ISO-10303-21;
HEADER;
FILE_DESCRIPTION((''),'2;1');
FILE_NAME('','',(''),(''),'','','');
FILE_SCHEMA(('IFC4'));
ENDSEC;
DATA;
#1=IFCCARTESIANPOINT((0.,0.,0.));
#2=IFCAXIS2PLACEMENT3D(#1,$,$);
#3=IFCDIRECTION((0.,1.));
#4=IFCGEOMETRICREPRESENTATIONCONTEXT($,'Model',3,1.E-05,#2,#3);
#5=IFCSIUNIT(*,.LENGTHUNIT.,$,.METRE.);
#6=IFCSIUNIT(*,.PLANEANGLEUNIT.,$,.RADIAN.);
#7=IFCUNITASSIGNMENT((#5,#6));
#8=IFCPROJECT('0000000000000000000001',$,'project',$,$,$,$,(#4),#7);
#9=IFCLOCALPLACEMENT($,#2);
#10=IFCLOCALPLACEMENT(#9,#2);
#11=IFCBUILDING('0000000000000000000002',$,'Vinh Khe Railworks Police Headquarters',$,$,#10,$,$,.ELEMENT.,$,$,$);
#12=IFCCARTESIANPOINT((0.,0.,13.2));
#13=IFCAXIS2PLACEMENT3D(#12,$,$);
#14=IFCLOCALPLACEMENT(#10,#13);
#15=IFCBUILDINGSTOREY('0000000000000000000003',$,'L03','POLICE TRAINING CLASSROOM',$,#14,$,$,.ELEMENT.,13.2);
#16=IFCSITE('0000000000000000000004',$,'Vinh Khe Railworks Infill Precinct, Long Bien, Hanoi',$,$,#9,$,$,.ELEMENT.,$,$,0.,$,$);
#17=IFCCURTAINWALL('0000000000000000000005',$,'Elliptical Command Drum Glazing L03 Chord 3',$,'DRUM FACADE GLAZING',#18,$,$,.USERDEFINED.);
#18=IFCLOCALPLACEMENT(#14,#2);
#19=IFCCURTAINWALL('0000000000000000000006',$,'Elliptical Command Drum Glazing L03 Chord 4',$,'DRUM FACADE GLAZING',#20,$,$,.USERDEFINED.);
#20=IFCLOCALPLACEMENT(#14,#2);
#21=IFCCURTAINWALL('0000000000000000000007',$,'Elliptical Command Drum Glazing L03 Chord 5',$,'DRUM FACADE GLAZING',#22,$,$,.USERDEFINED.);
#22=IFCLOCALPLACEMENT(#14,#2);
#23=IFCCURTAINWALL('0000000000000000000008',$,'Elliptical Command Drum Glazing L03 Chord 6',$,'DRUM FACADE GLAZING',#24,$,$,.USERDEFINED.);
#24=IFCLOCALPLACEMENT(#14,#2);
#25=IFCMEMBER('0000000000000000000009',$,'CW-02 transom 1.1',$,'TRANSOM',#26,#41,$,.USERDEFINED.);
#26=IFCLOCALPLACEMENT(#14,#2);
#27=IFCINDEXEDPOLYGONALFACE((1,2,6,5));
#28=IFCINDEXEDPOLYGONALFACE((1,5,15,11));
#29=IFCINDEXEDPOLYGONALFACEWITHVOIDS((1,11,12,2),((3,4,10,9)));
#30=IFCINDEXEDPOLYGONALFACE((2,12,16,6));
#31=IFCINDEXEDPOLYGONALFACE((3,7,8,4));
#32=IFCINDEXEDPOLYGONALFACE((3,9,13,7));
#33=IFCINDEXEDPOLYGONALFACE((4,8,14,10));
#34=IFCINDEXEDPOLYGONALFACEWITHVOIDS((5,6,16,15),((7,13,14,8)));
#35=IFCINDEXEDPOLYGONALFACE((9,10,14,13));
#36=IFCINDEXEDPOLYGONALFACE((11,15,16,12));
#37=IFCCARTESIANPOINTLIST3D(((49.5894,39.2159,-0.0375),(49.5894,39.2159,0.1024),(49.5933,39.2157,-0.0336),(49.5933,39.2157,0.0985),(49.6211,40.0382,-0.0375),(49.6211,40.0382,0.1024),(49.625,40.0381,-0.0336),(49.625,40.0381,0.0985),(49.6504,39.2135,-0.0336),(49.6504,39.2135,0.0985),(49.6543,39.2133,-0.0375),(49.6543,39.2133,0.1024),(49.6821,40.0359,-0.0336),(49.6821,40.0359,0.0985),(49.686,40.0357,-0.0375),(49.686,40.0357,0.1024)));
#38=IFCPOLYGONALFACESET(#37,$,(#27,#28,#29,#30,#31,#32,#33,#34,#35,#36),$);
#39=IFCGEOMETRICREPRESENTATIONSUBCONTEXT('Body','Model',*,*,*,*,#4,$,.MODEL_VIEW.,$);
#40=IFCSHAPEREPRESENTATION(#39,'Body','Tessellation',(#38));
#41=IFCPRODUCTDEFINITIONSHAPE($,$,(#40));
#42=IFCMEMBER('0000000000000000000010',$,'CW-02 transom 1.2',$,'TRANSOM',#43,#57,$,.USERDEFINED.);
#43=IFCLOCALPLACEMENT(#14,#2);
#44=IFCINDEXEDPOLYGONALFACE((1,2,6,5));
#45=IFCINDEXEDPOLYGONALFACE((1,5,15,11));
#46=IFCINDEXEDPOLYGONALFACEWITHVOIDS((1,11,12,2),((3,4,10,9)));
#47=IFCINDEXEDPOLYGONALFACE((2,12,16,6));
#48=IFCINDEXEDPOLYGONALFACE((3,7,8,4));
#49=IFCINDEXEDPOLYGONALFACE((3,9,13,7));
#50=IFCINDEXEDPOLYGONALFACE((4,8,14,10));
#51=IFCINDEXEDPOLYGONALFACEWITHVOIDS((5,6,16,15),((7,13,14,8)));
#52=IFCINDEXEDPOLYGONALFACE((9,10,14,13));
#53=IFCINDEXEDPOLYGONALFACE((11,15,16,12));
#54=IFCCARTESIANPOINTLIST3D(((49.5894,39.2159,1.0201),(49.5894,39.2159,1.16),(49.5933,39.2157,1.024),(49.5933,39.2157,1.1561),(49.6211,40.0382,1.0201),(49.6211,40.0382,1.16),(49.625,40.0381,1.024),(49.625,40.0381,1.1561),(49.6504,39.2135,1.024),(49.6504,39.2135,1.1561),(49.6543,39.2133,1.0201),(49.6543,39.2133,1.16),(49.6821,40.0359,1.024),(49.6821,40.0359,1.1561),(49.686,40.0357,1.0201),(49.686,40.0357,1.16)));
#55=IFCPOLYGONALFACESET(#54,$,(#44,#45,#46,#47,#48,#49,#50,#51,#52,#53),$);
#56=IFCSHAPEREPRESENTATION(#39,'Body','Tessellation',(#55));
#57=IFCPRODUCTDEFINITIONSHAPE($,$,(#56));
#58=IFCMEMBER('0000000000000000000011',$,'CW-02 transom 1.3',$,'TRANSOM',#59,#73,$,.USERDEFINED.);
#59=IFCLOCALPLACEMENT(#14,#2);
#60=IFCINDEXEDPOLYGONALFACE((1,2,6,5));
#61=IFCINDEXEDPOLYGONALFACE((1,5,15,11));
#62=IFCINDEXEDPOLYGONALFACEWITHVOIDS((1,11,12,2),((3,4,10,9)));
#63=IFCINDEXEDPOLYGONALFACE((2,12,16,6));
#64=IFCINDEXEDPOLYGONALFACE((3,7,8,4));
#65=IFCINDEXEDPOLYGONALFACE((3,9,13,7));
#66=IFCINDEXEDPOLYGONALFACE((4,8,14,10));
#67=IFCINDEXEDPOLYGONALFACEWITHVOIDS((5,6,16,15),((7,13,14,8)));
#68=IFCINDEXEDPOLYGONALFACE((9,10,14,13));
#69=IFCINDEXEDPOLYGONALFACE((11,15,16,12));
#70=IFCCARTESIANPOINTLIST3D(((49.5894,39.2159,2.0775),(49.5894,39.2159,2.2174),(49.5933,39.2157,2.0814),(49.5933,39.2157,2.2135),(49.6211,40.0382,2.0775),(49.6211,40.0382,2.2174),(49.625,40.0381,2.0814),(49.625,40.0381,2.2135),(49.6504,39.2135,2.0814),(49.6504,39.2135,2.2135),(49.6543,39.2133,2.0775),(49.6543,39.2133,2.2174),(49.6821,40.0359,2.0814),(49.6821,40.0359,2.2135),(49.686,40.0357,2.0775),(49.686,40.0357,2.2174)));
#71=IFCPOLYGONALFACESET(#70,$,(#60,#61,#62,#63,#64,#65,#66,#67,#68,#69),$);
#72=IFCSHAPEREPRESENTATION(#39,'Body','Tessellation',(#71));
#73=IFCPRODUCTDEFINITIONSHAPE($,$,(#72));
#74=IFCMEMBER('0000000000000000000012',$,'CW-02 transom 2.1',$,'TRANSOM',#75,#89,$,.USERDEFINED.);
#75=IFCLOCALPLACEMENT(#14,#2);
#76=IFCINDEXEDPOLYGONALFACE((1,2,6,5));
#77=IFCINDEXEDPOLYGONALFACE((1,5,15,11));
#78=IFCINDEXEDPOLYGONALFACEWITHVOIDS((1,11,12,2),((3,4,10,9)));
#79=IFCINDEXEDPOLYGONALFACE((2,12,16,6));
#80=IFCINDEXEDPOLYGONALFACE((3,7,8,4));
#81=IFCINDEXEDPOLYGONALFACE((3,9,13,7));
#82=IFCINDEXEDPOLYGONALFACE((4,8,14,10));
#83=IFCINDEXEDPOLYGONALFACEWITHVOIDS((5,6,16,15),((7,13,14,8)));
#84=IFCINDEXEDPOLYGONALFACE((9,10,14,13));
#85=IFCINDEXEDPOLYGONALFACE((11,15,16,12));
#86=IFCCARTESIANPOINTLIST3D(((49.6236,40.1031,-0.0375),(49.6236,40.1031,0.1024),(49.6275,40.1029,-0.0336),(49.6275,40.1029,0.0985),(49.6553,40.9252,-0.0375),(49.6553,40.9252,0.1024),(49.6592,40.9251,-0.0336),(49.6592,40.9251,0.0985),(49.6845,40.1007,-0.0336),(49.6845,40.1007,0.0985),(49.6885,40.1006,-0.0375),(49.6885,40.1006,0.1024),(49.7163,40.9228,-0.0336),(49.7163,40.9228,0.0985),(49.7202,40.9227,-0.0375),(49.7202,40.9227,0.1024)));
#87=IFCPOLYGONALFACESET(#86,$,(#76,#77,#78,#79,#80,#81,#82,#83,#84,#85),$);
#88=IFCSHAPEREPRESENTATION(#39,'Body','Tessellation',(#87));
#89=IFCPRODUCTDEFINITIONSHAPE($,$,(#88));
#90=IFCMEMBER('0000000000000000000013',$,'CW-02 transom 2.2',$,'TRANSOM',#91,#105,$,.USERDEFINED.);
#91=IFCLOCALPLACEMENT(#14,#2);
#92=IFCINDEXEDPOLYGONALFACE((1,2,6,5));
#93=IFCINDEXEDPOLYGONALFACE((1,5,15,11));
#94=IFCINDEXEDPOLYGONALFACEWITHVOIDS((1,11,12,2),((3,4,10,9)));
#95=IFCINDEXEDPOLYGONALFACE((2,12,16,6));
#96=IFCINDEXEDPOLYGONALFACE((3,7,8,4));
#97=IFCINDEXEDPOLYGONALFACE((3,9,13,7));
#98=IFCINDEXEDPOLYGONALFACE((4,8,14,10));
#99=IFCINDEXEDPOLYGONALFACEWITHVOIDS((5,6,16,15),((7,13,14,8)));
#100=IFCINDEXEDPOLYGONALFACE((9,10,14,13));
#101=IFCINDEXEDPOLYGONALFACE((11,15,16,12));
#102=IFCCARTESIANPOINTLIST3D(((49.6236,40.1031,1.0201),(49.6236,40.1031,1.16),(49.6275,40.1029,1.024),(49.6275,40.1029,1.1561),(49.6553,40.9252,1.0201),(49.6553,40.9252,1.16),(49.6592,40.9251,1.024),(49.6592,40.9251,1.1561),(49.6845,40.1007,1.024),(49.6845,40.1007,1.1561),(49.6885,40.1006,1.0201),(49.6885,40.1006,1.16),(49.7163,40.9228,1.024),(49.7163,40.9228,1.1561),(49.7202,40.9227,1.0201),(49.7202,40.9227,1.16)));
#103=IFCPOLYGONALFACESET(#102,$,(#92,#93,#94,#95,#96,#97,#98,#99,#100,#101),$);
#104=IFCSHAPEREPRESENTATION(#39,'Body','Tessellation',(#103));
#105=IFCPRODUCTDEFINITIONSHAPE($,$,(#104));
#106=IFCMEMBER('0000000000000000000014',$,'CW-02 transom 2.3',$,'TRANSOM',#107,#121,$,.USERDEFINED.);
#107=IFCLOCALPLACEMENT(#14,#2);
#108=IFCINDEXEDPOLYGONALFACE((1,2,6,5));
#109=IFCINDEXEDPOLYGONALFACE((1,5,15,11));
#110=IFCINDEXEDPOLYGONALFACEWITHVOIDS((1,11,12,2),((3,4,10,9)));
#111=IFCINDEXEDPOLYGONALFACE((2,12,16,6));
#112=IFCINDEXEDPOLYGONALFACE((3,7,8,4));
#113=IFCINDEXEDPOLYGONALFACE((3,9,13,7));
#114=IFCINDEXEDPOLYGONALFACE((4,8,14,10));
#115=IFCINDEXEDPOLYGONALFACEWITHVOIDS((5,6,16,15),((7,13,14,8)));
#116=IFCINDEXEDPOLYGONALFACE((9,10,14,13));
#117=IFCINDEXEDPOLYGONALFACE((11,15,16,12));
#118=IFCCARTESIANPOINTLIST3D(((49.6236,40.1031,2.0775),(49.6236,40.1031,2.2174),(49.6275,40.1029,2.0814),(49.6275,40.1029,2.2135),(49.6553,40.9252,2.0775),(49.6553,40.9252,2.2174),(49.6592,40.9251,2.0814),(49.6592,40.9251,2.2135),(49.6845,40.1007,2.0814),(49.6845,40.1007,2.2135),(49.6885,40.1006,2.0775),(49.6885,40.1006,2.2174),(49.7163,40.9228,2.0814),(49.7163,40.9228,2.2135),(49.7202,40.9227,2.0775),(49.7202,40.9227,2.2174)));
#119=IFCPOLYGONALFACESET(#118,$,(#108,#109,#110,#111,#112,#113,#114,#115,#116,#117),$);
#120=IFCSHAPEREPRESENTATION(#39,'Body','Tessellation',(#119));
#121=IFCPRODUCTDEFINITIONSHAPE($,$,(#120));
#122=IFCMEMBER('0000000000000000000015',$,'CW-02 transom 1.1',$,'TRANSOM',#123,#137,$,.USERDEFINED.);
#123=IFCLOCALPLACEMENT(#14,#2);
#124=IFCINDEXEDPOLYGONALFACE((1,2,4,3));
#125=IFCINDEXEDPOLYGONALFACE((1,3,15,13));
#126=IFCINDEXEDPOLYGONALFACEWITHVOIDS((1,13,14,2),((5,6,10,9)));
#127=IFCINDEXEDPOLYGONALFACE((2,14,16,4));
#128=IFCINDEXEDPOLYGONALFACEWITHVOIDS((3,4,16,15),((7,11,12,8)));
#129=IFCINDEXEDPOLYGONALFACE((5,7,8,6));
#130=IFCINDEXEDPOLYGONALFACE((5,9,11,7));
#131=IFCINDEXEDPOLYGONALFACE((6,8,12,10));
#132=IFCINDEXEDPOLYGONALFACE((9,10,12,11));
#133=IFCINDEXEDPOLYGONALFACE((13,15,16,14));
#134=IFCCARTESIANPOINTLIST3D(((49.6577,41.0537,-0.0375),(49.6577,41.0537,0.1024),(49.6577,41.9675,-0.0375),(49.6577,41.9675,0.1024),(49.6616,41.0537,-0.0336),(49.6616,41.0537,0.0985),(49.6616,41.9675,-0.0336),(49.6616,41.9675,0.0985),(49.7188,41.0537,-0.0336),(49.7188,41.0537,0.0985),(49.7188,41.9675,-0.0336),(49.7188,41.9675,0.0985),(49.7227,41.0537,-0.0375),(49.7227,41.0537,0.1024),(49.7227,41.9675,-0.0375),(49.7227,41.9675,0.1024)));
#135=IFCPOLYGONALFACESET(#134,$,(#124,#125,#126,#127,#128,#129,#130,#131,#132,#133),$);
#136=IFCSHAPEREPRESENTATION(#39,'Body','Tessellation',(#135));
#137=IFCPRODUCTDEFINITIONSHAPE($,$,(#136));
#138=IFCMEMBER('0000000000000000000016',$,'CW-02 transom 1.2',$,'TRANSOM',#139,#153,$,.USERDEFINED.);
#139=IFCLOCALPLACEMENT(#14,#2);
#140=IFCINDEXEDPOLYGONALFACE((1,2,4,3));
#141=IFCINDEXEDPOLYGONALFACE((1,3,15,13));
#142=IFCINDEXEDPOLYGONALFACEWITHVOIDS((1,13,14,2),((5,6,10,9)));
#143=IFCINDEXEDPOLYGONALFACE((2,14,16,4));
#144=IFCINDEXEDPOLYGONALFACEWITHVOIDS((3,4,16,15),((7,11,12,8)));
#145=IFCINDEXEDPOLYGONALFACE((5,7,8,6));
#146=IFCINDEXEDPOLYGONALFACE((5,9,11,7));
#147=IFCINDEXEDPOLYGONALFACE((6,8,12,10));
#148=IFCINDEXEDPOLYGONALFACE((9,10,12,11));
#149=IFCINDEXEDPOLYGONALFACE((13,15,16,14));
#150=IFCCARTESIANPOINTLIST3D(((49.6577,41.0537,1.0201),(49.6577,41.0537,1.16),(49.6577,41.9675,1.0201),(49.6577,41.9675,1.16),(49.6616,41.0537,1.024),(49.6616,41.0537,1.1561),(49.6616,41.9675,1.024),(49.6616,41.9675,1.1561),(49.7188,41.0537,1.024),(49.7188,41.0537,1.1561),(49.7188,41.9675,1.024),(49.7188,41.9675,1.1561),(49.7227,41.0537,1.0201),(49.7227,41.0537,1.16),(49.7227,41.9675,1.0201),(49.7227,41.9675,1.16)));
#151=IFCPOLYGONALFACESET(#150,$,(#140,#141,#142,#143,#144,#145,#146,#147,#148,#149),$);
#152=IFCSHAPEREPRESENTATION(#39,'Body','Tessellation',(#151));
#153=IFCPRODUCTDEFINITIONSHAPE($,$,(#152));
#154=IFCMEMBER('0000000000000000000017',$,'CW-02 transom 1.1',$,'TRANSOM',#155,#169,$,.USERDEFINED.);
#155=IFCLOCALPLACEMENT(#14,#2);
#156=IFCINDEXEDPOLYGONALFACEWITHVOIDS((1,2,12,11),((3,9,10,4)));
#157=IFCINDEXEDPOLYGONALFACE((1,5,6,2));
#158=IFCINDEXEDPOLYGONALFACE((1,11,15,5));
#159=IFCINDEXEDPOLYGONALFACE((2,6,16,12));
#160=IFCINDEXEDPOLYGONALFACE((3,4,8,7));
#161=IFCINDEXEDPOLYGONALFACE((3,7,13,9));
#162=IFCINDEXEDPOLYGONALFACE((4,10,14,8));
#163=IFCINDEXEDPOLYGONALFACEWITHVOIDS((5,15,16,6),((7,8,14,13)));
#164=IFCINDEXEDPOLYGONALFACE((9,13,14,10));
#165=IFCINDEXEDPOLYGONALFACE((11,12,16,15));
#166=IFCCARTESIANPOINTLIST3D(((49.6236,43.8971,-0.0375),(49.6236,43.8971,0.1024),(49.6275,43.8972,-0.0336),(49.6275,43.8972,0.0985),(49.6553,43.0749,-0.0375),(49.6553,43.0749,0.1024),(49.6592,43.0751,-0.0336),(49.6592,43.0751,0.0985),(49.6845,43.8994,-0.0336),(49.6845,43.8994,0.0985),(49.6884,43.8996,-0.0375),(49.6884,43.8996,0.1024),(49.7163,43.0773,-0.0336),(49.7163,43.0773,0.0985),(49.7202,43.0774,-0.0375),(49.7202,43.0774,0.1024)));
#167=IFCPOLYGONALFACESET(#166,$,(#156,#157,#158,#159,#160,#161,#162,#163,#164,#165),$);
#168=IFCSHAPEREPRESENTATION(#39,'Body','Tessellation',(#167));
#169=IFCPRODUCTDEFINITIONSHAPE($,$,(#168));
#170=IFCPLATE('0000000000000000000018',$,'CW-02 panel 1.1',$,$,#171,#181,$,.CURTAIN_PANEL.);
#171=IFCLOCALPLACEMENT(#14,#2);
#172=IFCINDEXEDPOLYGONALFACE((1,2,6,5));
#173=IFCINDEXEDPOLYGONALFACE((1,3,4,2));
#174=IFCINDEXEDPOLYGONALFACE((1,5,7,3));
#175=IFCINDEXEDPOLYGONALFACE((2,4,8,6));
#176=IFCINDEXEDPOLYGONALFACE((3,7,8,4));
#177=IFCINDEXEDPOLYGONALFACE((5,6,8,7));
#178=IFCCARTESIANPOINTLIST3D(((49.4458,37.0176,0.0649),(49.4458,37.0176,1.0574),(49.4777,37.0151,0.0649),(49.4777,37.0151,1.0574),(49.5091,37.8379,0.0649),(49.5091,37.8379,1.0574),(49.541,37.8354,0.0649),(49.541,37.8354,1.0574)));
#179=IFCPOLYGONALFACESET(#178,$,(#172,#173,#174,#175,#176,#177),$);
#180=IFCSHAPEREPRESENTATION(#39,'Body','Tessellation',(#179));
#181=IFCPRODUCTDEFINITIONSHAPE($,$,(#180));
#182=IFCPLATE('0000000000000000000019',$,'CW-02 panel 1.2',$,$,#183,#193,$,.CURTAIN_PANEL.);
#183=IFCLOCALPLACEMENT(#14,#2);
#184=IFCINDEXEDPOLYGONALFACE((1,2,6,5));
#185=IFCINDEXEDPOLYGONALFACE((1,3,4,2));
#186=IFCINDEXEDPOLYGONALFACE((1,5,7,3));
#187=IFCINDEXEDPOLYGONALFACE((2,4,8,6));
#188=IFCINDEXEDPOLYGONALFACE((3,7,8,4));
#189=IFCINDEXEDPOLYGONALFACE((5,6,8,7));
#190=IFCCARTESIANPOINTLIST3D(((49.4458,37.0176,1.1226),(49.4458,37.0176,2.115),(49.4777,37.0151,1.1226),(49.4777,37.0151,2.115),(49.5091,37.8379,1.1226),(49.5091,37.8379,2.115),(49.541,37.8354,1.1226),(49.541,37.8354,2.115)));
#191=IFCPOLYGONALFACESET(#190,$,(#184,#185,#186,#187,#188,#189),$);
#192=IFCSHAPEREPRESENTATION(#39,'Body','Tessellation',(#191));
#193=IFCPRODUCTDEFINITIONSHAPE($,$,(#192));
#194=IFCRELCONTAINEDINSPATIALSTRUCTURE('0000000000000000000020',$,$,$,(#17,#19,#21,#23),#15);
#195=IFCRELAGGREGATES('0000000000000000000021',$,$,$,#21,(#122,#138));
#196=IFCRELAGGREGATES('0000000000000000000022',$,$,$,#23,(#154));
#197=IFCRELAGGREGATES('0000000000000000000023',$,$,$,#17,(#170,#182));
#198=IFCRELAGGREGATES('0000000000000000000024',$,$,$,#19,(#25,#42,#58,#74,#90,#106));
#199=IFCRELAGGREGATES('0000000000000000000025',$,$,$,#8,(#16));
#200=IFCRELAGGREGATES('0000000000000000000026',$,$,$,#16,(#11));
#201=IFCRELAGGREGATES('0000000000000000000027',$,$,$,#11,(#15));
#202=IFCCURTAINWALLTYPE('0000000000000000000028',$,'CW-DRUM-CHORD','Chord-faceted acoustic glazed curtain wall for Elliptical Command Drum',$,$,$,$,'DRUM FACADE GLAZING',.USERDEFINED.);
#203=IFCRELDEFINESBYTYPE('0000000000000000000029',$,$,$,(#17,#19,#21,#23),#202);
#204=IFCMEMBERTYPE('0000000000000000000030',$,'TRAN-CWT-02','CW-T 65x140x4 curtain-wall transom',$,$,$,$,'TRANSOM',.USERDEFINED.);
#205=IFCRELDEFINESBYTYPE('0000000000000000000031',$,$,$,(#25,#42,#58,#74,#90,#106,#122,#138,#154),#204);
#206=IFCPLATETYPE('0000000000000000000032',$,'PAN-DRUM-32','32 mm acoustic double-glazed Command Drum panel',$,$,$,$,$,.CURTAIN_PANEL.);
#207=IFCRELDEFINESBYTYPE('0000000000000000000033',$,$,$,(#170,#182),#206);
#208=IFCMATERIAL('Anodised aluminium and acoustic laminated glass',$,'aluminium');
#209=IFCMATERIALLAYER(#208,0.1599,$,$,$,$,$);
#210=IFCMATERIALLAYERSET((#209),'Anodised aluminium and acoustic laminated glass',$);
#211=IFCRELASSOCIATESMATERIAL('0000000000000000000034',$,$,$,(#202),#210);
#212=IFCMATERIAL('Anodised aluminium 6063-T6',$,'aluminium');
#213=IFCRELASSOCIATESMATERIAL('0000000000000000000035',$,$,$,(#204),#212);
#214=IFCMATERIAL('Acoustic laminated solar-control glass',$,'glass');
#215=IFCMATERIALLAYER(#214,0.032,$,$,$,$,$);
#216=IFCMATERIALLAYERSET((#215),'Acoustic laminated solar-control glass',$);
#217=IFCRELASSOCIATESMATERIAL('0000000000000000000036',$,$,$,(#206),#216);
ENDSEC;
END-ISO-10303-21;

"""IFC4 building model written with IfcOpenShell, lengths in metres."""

from ifc_helpers import new_model, si_unit, direction, frame, origin, origin_2d, place, context, subcontext, project, spatial, rectangle, hollow_rectangle, extrude, material, layer, layer_set, material_profile, profile_set, type_object, element, aggregate, save


model = new_model("IFC4")

# Units and contexts
model_context = context("Model", 3, precision=1e-05, world=origin(), true_north=direction((0.0, 1.0)))
body_context = subcontext(model_context, "Body", "Model", "MODEL_VIEW")
ifc_project = project(units=[si_unit("LENGTHUNIT", "METRE"), si_unit("PLANEANGLEUNIT", "RADIAN")], contexts=[model_context])

# Site, building, storey
site_placement = place(None, origin())
site = spatial("IfcSite", under=ifc_project, at=site_placement, Name="Vinh Khe Railworks Infill Precinct, Long Bien, Hanoi", CompositionType="ELEMENT", RefElevation=0.0)
building_placement = place(site_placement, origin())
building = spatial("IfcBuilding", under=site, at=building_placement, Name="Vinh Khe Railworks Police Headquarters", CompositionType="ELEMENT")
storey_placement = place(building_placement, frame((0.0, 0.0, 13.2)))
storey = spatial("IfcBuildingStorey", under=building, at=storey_placement, Name="L03", Description="POLICE TRAINING CLASSROOM", CompositionType="ELEMENT", Elevation=13.2)

# Curtain walls
ifc_material_1 = material(Name="Anodised aluminium and acoustic laminated glass", Category="aluminium")
ifc_layer_1 = layer(ifc_material_1, 0.1599)
ifc_layer_set_1 = layer_set([ifc_layer_1], Name="Anodised aluminium and acoustic laminated glass")
curtain_wall_type = type_object("IfcCurtainWallType", Name="CW-DRUM-CHORD", Description="Chord-faceted acoustic glazed curtain wall for Elliptical Command Drum", ElementType="DRUM FACADE GLAZING", PredefinedType="USERDEFINED", material=ifc_layer_set_1)
curtain_wall_1_placement = place(storey_placement, origin())
curtain_wall_1 = element("IfcCurtainWall", 1, at=curtain_wall_1_placement, inside=storey, type_object=curtain_wall_type, Name="Elliptical Command Drum Glazing L03 Chord 3", ObjectType="DRUM FACADE GLAZING", PredefinedType="USERDEFINED")
ifc_material_2 = material(Name="Anodised aluminium 6063-T6", Category="aluminium")
curtain_wall_2_placement = place(storey_placement, origin())
curtain_wall_2 = element("IfcCurtainWall", 2, at=curtain_wall_2_placement, inside=storey, type_object=curtain_wall_type, Name="Elliptical Command Drum Glazing L03 Chord 4", ObjectType="DRUM FACADE GLAZING", PredefinedType="USERDEFINED")

# Curtain walls
curtain_wall_3_placement = place(storey_placement, origin())
curtain_wall_3 = element("IfcCurtainWall", 3, at=curtain_wall_3_placement, inside=storey, type_object=curtain_wall_type, Name="Elliptical Command Drum Glazing L03 Chord 5", ObjectType="DRUM FACADE GLAZING", PredefinedType="USERDEFINED")
curtain_wall_4_placement = place(storey_placement, origin())
curtain_wall_4 = element("IfcCurtainWall", 4, at=curtain_wall_4_placement, inside=storey, type_object=curtain_wall_type, Name="Elliptical Command Drum Glazing L03 Chord 6", ObjectType="DRUM FACADE GLAZING", PredefinedType="USERDEFINED")

# Members
ifc_material_profile_1 = material_profile(ifc_material_2, hollow_rectangle(XDim=0.0649, YDim=0.1399, WallThickness=0.0039, at=origin_2d()), Name="CW-T 65x140x4")
ifc_profile_set_1 = profile_set([ifc_material_profile_1], Name="Anodised aluminium 6063-T6")
member_type_1 = type_object("IfcMemberType", Name="TRAN-CWT-02", Description="CW-T 65x140x4 curtain-wall transom", ElementType="TRANSOM", PredefinedType="USERDEFINED", material=ifc_profile_set_1)
member_1_placement = place(storey_placement, frame((49.6218, 39.2146, 0.0325), z_axis=(0.03857, 0.999256, 0.0), x_axis=(-0.999256, 0.03857, 0.0)))
member_1 = element("IfcMember", 5, at=member_1_placement, type_object=member_type_1, Name="CW-02 transom 1.1", ObjectType="TRANSOM", PredefinedType="USERDEFINED", context=body_context, shape_type="SweptSolid", body=[
    extrude(hollow_rectangle(XDim=0.0649, YDim=0.1399, WallThickness=0.0039, at=origin_2d()), origin(), (0.0, 0.0, 1.0), 0.823),
])
member_2_placement = place(storey_placement, frame((49.6218, 39.2146, 1.0901), z_axis=(0.03857, 0.999256, 0.0), x_axis=(-0.999256, 0.03857, 0.0)))
member_2 = element("IfcMember", 6, at=member_2_placement, type_object=member_type_1, Name="CW-02 transom 1.2", ObjectType="TRANSOM", PredefinedType="USERDEFINED", context=body_context, shape_type="SweptSolid", body=[
    extrude(hollow_rectangle(XDim=0.0649, YDim=0.1399, WallThickness=0.0039, at=origin_2d()), origin(), (0.0, 0.0, 1.0), 0.823),
])
member_3_placement = place(storey_placement, frame((49.6218, 39.2146, 2.1475), z_axis=(0.03857, 0.999256, 0.0), x_axis=(-0.999256, 0.03857, 0.0)))
member_3 = element("IfcMember", 7, at=member_3_placement, type_object=member_type_1, Name="CW-02 transom 1.3", ObjectType="TRANSOM", PredefinedType="USERDEFINED", context=body_context, shape_type="SweptSolid", body=[
    extrude(hollow_rectangle(XDim=0.0649, YDim=0.1399, WallThickness=0.0039, at=origin_2d()), origin(), (0.0, 0.0, 1.0), 0.823),
])
member_4_placement = place(storey_placement, frame((49.656, 40.1018, 0.0325), z_axis=(0.038581, 0.999255, 0.0), x_axis=(-0.999255, 0.038581, 0.0)))
member_4 = element("IfcMember", 8, at=member_4_placement, type_object=member_type_1, Name="CW-02 transom 2.1", ObjectType="TRANSOM", PredefinedType="USERDEFINED", context=body_context, shape_type="SweptSolid", body=[
    extrude(hollow_rectangle(XDim=0.0649, YDim=0.1399, WallThickness=0.0039, at=origin_2d()), origin(), (0.0, 0.0, 1.0), 0.8228),
])
member_5_placement = place(storey_placement, frame((49.656, 40.1018, 1.0901), z_axis=(0.038581, 0.999255, 0.0), x_axis=(-0.999255, 0.038581, 0.0)))
member_5 = element("IfcMember", 9, at=member_5_placement, type_object=member_type_1, Name="CW-02 transom 2.2", ObjectType="TRANSOM", PredefinedType="USERDEFINED", context=body_context, shape_type="SweptSolid", body=[
    extrude(hollow_rectangle(XDim=0.0649, YDim=0.1399, WallThickness=0.0039, at=origin_2d()), origin(), (0.0, 0.0, 1.0), 0.8228),
])
member_6_placement = place(storey_placement, frame((49.656, 40.1018, 2.1475), z_axis=(0.038581, 0.999255, 0.0), x_axis=(-0.999255, 0.038581, 0.0)))
member_6 = element("IfcMember", 10, at=member_6_placement, type_object=member_type_1, Name="CW-02 transom 2.3", ObjectType="TRANSOM", PredefinedType="USERDEFINED", context=body_context, shape_type="SweptSolid", body=[
    extrude(hollow_rectangle(XDim=0.0649, YDim=0.1399, WallThickness=0.0039, at=origin_2d()), origin(), (0.0, 0.0, 1.0), 0.8228),
])
member_7_placement = place(storey_placement, frame((49.6902, 41.0537, 0.0325), z_axis=(0.0, 1.0, 0.0), x_axis=(-1.0, 0.0, 0.0)))
member_7 = element("IfcMember", 11, at=member_7_placement, type_object=member_type_1, Name="CW-02 transom 1.1", ObjectType="TRANSOM", PredefinedType="USERDEFINED", context=body_context, shape_type="SweptSolid", body=[
    extrude(hollow_rectangle(XDim=0.0649, YDim=0.1399, WallThickness=0.0039, at=origin_2d()), origin(), (0.0, 0.0, 1.0), 0.9138),
])
member_8_placement = place(storey_placement, frame((49.6902, 41.0537, 1.0901), z_axis=(0.0, 1.0, 0.0), x_axis=(-1.0, 0.0, 0.0)))
member_8 = element("IfcMember", 12, at=member_8_placement, type_object=member_type_1, Name="CW-02 transom 1.2", ObjectType="TRANSOM", PredefinedType="USERDEFINED", context=body_context, shape_type="SweptSolid", body=[
    extrude(hollow_rectangle(XDim=0.0649, YDim=0.1399, WallThickness=0.0039, at=origin_2d()), origin(), (0.0, 0.0, 1.0), 0.9138),
])
aggregate(curtain_wall_3, [member_7, member_8])
member_9_placement = place(storey_placement, frame((49.6877, 43.0762, 0.0325), z_axis=(-0.038581, 0.999255, 0.0), x_axis=(-0.999255, -0.038581, 0.0)))
member_9 = element("IfcMember", 13, at=member_9_placement, type_object=member_type_1, Name="CW-02 transom 1.1", ObjectType="TRANSOM", PredefinedType="USERDEFINED", context=body_context, shape_type="SweptSolid", body=[
    extrude(hollow_rectangle(XDim=0.0649, YDim=0.1399, WallThickness=0.0039, at=origin_2d()), origin(), (0.0, 0.0, 1.0), 0.8228),
])
aggregate(curtain_wall_4, [member_9])

# Plates
ifc_material_3 = material(Name="Acoustic laminated solar-control glass", Category="glass")
ifc_layer_2 = layer(ifc_material_3, 0.032)
ifc_layer_set_2 = layer_set([ifc_layer_2], Name="Acoustic laminated solar-control glass")
plate_type_1 = type_object("IfcPlateType", Name="PAN-DRUM-32", Description="32 mm acoustic double-glazed Command Drum panel", PredefinedType="CURTAIN_PANEL", material=ifc_layer_set_2)
plate_1_placement = place(storey_placement, frame((49.4934, 37.4265, 0.0649), z_axis=(0.0, 0.0, 1.0), x_axis=(0.076969, 0.997033, 0.0)))
plate_1 = element("IfcPlate", 14, at=plate_1_placement, type_object=plate_type_1, Name="CW-02 panel 1.1", PredefinedType="CURTAIN_PANEL", context=body_context, shape_type="SweptSolid", body=[
    extrude(rectangle(XDim=0.8228, YDim=0.032, at=origin_2d()), origin(), (0.0, 0.0, 1.0), 0.9924),
])
plate_2_placement = place(storey_placement, frame((49.4934, 37.4265, 1.1226), z_axis=(0.0, 0.0, 1.0), x_axis=(0.076969, 0.997033, 0.0)))
plate_2 = element("IfcPlate", 15, at=plate_2_placement, type_object=plate_type_1, Name="CW-02 panel 1.2", PredefinedType="CURTAIN_PANEL", context=body_context, shape_type="SweptSolid", body=[
    extrude(rectangle(XDim=0.8228, YDim=0.032, at=origin_2d()), origin(), (0.0, 0.0, 1.0), 0.9924),
])
aggregate(curtain_wall_1, [plate_1, plate_2])
aggregate(curtain_wall_2, [member_1, member_2, member_3, member_4, member_5, member_6])

save(model, "model.ifc")
